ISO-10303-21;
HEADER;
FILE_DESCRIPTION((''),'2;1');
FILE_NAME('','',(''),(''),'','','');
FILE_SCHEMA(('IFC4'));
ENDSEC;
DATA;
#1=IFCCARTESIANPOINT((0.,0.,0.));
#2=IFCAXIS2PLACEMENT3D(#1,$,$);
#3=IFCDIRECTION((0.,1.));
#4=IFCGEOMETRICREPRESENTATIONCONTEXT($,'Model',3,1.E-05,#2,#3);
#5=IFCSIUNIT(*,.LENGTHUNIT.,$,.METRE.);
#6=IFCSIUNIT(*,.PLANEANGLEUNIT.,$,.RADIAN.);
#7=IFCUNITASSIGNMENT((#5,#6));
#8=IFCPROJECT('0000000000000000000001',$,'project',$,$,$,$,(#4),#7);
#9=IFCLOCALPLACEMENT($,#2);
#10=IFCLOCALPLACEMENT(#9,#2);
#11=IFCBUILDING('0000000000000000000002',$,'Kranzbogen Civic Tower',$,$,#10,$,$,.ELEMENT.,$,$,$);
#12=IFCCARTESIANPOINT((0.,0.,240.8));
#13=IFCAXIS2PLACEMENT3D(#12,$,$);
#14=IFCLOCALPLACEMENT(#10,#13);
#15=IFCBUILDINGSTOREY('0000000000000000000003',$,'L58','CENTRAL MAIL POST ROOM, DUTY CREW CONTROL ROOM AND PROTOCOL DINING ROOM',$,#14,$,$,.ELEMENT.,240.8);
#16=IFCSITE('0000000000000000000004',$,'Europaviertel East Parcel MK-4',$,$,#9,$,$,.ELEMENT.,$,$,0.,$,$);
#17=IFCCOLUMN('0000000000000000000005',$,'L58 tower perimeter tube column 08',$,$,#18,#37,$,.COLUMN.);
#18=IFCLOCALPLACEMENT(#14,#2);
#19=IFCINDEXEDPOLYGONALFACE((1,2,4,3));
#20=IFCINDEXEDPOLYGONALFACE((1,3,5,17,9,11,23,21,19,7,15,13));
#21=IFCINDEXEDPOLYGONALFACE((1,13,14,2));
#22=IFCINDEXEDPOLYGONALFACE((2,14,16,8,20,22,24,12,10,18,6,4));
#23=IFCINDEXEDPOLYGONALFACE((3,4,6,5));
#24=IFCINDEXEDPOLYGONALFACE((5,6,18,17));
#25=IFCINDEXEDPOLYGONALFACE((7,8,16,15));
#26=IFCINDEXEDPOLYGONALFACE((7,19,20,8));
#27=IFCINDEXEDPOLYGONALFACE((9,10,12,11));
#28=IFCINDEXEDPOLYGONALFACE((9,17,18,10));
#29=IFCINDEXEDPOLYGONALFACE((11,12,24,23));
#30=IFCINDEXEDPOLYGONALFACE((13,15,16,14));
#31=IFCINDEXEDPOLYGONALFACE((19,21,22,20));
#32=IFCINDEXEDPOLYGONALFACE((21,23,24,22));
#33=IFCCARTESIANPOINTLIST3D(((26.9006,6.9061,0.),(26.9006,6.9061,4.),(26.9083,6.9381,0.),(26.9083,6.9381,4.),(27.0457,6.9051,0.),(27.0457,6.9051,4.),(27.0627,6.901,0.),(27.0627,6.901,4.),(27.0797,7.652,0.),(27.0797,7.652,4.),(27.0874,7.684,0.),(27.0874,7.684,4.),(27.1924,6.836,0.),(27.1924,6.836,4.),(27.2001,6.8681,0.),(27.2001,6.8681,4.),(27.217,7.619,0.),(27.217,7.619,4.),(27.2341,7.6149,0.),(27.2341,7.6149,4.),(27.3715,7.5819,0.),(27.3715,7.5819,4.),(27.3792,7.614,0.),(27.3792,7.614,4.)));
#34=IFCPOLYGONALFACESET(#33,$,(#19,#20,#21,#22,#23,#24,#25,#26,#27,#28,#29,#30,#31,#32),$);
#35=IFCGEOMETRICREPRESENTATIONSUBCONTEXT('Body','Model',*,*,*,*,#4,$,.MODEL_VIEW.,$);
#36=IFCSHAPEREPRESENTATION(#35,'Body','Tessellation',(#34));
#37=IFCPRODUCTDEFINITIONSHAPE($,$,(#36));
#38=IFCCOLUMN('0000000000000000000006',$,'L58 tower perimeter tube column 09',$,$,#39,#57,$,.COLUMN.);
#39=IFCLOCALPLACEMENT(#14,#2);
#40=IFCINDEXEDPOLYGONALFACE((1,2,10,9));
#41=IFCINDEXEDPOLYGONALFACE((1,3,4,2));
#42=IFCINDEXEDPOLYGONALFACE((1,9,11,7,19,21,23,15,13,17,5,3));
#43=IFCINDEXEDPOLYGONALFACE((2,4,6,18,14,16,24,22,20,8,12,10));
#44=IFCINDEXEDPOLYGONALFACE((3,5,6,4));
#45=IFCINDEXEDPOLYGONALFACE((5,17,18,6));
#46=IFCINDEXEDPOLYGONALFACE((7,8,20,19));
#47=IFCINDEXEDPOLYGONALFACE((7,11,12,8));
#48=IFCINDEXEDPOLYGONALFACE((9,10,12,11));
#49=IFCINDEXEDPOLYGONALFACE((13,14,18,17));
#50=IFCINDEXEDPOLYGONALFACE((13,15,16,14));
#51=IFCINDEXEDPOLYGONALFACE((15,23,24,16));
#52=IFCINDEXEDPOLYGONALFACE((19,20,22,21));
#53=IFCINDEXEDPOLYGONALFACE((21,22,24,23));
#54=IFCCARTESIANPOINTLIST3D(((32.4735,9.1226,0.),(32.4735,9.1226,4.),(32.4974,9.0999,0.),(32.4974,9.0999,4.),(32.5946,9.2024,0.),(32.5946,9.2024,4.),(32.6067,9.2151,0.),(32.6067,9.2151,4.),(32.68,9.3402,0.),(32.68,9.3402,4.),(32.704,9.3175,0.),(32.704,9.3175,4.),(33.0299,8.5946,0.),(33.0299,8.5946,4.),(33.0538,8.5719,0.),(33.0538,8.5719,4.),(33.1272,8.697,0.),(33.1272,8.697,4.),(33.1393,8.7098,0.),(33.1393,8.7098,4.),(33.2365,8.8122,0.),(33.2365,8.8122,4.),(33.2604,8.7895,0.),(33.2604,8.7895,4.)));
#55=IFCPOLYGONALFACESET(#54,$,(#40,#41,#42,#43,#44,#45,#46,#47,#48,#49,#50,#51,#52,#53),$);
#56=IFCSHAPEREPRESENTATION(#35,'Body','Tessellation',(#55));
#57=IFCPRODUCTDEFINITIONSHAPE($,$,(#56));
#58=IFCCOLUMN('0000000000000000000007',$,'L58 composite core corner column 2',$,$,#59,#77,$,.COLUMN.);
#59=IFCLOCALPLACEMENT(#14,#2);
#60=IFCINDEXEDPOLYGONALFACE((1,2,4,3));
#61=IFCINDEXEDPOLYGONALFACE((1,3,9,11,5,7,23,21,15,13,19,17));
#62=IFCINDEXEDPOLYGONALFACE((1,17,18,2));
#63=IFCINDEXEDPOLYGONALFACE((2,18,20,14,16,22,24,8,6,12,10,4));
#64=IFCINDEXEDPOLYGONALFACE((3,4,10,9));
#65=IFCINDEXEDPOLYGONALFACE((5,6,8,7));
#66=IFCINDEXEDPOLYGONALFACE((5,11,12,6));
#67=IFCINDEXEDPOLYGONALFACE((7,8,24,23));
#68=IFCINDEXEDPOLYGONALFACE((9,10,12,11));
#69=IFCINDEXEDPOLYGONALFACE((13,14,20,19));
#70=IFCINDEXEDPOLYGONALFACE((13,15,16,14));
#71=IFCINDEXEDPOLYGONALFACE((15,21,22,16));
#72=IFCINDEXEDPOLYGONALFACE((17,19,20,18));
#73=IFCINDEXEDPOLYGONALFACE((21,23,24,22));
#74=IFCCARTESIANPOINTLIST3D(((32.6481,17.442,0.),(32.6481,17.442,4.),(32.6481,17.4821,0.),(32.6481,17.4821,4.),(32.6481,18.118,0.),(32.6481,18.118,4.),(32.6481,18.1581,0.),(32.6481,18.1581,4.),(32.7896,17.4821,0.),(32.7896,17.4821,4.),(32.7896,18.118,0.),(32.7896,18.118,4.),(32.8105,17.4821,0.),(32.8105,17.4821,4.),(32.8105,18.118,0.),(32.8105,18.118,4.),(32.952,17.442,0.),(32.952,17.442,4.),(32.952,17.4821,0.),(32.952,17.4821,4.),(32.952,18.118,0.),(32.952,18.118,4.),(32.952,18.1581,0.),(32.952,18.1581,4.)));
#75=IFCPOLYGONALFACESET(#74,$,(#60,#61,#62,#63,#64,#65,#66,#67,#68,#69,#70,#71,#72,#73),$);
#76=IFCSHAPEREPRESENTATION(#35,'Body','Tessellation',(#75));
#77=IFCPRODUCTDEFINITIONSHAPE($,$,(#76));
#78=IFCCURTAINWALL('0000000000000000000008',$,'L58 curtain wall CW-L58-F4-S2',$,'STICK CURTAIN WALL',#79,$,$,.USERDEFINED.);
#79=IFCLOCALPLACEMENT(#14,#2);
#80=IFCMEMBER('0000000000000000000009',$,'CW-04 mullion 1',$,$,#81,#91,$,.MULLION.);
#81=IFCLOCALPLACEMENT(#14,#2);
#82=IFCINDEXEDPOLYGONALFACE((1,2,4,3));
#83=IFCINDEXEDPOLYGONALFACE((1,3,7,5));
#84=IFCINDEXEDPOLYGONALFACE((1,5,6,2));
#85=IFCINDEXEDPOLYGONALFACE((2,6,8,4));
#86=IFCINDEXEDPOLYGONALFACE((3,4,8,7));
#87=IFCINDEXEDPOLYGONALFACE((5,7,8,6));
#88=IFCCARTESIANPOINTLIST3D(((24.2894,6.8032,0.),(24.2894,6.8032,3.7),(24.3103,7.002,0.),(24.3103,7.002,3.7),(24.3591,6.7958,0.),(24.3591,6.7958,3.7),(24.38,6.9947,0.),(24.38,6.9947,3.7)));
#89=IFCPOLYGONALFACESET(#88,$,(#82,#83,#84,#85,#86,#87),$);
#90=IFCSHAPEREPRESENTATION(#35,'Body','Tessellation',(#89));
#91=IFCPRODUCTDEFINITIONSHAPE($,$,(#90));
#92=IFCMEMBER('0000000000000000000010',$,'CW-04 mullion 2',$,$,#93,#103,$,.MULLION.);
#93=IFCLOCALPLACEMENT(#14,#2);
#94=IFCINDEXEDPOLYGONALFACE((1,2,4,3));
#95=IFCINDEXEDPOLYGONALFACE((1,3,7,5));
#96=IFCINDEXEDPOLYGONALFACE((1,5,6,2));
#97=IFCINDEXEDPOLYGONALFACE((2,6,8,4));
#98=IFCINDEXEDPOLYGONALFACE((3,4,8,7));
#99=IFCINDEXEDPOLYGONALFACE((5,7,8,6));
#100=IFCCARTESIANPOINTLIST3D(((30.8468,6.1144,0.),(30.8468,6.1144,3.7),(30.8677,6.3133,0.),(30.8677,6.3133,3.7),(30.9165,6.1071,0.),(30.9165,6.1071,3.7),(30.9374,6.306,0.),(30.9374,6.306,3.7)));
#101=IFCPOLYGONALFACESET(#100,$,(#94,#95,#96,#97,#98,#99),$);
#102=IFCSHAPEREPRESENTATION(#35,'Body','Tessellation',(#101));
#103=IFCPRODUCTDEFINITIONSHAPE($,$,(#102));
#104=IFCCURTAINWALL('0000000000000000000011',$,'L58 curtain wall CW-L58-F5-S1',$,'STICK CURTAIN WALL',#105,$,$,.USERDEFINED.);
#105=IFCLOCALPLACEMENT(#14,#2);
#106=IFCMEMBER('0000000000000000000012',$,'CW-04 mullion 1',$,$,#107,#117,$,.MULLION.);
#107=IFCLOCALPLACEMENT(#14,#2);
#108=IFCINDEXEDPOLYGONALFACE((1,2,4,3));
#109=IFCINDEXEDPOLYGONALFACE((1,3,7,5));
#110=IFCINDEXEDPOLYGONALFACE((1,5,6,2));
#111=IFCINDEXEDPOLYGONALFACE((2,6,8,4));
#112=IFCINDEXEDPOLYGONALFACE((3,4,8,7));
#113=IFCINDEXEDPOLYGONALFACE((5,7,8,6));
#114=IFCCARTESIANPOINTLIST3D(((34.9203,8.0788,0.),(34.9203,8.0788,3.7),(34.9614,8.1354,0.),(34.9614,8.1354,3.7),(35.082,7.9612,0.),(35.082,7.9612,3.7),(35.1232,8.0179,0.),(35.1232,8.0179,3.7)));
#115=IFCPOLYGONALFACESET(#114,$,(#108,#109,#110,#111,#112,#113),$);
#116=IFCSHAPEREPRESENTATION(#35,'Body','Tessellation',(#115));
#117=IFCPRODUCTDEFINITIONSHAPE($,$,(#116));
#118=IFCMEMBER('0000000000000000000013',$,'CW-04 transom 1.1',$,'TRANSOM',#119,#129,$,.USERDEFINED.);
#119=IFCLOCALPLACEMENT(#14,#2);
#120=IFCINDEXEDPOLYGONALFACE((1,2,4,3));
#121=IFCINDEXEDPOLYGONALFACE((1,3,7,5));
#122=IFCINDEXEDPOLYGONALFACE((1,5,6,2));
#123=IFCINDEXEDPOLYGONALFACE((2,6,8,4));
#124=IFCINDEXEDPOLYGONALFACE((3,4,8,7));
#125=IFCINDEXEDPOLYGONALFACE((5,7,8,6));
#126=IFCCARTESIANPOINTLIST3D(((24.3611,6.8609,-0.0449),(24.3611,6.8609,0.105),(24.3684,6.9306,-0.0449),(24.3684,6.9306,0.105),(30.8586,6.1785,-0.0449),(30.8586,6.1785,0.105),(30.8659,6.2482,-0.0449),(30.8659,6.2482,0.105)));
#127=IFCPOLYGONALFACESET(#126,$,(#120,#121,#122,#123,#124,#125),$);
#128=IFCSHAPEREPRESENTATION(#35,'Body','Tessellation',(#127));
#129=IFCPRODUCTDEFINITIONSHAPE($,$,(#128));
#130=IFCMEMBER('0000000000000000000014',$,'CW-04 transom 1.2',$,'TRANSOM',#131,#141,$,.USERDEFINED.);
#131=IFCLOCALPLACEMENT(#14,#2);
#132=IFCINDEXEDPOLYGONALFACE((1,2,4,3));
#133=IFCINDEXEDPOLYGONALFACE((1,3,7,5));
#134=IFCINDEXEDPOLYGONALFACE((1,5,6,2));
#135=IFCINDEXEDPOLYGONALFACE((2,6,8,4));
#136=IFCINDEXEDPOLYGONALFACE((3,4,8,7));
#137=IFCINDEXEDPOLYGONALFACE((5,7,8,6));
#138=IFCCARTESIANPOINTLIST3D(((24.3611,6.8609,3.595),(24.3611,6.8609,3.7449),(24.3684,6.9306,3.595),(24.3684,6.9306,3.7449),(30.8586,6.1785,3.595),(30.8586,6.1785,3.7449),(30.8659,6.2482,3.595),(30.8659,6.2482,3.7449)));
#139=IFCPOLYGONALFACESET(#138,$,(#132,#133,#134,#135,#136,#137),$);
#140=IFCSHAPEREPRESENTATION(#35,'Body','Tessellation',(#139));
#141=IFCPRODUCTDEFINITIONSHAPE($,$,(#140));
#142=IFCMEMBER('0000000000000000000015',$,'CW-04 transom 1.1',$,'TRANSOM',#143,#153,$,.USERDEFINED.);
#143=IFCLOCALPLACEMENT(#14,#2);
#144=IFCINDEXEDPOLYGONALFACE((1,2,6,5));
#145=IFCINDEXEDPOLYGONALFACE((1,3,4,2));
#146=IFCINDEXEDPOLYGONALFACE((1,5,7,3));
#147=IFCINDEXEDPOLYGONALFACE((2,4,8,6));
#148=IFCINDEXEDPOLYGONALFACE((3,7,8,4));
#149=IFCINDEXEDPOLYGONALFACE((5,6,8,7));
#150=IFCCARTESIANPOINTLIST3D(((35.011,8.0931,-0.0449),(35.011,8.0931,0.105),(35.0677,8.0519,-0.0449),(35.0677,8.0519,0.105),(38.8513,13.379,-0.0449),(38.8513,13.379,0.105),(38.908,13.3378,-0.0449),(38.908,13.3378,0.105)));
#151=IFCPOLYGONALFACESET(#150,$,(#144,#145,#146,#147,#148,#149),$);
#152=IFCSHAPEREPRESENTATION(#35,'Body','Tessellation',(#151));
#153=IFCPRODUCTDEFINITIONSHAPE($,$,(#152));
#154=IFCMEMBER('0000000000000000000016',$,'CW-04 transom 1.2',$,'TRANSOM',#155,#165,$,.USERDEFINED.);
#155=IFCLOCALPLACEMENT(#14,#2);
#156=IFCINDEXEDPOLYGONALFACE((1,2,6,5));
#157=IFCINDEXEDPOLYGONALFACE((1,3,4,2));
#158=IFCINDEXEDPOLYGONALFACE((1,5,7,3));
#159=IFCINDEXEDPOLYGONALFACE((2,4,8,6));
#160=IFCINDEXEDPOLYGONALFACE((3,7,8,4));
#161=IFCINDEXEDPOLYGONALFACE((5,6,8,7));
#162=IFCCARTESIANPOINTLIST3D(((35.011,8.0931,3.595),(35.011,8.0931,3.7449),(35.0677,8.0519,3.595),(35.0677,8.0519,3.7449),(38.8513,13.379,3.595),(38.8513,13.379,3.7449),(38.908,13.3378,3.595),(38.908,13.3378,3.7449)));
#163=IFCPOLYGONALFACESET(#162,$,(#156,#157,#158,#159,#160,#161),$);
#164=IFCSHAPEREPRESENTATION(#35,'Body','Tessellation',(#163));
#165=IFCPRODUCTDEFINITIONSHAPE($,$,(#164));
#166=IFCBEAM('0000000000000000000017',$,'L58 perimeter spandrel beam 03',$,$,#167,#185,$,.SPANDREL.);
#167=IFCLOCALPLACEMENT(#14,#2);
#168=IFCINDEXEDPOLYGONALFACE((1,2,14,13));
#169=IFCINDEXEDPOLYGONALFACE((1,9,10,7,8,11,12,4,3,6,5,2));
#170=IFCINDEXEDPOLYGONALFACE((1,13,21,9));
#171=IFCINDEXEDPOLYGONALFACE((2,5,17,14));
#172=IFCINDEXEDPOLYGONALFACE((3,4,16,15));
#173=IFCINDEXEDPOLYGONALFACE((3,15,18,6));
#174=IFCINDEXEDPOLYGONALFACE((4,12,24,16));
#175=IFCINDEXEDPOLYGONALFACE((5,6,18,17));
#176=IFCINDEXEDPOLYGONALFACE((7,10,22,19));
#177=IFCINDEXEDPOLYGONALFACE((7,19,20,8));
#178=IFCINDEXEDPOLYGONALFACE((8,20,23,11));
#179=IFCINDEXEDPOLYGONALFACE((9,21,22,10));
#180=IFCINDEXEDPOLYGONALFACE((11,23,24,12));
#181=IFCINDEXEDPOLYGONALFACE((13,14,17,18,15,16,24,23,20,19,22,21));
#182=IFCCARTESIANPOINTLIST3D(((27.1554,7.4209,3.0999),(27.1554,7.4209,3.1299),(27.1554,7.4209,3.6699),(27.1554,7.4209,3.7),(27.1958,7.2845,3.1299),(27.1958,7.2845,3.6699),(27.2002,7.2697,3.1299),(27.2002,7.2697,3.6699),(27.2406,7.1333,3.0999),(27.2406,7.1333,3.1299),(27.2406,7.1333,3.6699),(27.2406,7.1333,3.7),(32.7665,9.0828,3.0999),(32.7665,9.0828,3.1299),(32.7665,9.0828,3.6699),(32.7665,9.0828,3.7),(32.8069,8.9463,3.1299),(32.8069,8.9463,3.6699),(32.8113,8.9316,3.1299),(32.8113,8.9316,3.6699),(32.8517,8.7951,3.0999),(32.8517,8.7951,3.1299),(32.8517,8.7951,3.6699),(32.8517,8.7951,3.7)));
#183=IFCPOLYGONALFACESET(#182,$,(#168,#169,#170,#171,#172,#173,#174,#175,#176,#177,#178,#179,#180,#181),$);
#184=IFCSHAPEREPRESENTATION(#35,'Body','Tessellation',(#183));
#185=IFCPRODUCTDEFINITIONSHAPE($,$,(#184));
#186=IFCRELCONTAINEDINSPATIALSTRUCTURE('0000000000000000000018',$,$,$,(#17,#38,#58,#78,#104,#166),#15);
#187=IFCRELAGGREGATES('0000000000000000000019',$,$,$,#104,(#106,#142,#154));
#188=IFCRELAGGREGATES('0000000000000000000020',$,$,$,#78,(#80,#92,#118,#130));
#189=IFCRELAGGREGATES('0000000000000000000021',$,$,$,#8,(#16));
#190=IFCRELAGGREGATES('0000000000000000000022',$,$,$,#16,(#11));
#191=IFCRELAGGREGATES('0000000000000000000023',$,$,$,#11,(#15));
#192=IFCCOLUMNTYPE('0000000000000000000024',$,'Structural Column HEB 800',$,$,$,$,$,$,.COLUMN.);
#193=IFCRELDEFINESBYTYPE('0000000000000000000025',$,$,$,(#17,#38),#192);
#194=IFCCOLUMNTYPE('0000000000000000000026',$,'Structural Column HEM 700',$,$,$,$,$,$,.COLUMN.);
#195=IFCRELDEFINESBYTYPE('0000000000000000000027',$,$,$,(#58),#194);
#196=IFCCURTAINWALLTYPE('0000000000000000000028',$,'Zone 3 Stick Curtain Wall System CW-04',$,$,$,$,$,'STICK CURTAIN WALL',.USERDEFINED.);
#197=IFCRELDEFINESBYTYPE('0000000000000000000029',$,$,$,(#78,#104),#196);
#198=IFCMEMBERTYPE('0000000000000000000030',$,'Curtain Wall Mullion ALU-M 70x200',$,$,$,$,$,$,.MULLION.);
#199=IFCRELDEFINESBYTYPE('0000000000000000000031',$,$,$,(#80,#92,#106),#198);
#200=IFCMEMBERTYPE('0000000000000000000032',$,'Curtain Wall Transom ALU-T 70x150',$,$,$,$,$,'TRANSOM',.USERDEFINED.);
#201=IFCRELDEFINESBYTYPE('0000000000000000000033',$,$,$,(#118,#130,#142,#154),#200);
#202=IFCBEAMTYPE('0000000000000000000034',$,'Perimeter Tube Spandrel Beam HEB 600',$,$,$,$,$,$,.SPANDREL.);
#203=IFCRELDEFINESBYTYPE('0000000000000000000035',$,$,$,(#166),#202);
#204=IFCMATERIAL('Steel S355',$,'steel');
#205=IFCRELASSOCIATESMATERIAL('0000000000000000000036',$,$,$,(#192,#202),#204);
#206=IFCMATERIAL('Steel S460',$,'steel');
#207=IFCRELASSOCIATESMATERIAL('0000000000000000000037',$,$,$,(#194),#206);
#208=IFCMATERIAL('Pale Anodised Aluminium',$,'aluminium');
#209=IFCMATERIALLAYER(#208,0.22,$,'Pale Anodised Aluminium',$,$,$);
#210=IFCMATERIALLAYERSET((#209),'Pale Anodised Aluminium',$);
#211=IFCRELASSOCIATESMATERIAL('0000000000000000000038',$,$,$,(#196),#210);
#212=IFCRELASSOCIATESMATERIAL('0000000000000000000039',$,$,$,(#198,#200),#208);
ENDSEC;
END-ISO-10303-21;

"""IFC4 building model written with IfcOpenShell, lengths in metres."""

from ifc_helpers import new_model, si_unit, direction, frame, origin, origin_2d, place, context, subcontext, project, spatial, rectangle, i_section, extrude, material, layer, layer_set, material_profile, profile_set, type_object, element, aggregate, save


model = new_model("IFC4")

# Units and contexts
model_context = context("Model", 3, precision=1e-05, world=origin(), true_north=direction((0.0, 1.0)))
body_context = subcontext(model_context, "Body", "Model", "MODEL_VIEW")
ifc_project = project(units=[si_unit("LENGTHUNIT", "METRE"), si_unit("PLANEANGLEUNIT", "RADIAN")], contexts=[model_context])

# Site, building, storey
site_placement = place(None, origin())
site = spatial("IfcSite", under=ifc_project, at=site_placement, Name="Europaviertel East Parcel MK-4", CompositionType="ELEMENT", RefElevation=0.0)
building_placement = place(site_placement, origin())
building = spatial("IfcBuilding", under=site, at=building_placement, Name="Kranzbogen Civic Tower", CompositionType="ELEMENT")
storey_placement = place(building_placement, frame((0.0, 0.0, 240.8)))
storey = spatial("IfcBuildingStorey", under=building, at=storey_placement, Name="L58", Description="CENTRAL MAIL POST ROOM, DUTY CREW CONTROL ROOM AND PROTOCOL DINING ROOM", CompositionType="ELEMENT", Elevation=240.8)

# Columns
ifc_material_1 = material(Name="Steel S355", Category="steel")
ifc_material_profile_1 = material_profile(ifc_material_1, i_section(OverallWidth=0.3, OverallDepth=0.8, WebThickness=0.0176, FlangeThickness=0.033, at=origin_2d()), Name="HEB 800")
ifc_profile_set_1 = profile_set([ifc_material_profile_1], Name="Steel S355")
column_type_1 = type_object("IfcColumnType", Name="Structural Column HEB 800", PredefinedType="COLUMN", material=ifc_profile_set_1)
for number, where, z_axis, x_axis, name in (
    (1, (27.1399, 7.26, 0.0), (0.0, 0.0, 1.0), (-0.97237, 0.233445, 0.0), "L58 tower perimeter tube column 08"),
    (2, (32.8669, 8.9561, 0.0), (0.0, 0.0, 1.0), (0.688355, 0.725374, 0.0), "L58 tower perimeter tube column 09"),
):
    element("IfcColumn", number, at=place(storey_placement, frame(where, z_axis=z_axis, x_axis=x_axis)), inside=storey, type_object=column_type_1, Name=name, PredefinedType="COLUMN", context=body_context, shape_type="SweptSolid", body=[
        extrude(i_section(OverallWidth=0.3, OverallDepth=0.8, WebThickness=0.0176, FlangeThickness=0.033, at=origin_2d()), origin(), (0.0, 0.0, 1.0), 4.0),
    ])
ifc_material_2 = material(Name="Steel S460", Category="steel")
ifc_material_profile_2 = material_profile(ifc_material_2, i_section(OverallWidth=0.304, OverallDepth=0.7161, WebThickness=0.021, FlangeThickness=0.04, at=origin_2d()), Name="HEM 700")
ifc_profile_set_2 = profile_set([ifc_material_profile_2], Name="Steel S460")
column_type_2 = type_object("IfcColumnType", Name="Structural Column HEM 700", PredefinedType="COLUMN", material=ifc_profile_set_2)
column_placement = place(storey_placement, frame((32.8, 17.8, 0.0), z_axis=(0.0, 0.0, 1.0), x_axis=(1.0, 0.0, 0.0)))
element("IfcColumn", 3, at=column_placement, inside=storey, type_object=column_type_2, Name="L58 composite core corner column 2", PredefinedType="COLUMN", context=body_context, shape_type="SweptSolid", body=[
    extrude(i_section(OverallWidth=0.304, OverallDepth=0.7161, WebThickness=0.021, FlangeThickness=0.04, at=origin_2d()), origin(), (0.0, 0.0, 1.0), 4.0),
])

# Curtain wall, members
ifc_material_3 = material(Name="Pale Anodised Aluminium", Category="aluminium")
ifc_layer_1 = layer(ifc_material_3, 0.22, Name="Pale Anodised Aluminium")
ifc_layer_set_1 = layer_set([ifc_layer_1], Name="Pale Anodised Aluminium")
curtain_wall_type = type_object("IfcCurtainWallType", Name="Zone 3 Stick Curtain Wall System CW-04", ElementType="STICK CURTAIN WALL", PredefinedType="USERDEFINED", material=ifc_layer_set_1)
curtain_wall_1_placement = place(storey_placement, origin())
curtain_wall_1 = element("IfcCurtainWall", 4, at=curtain_wall_1_placement, inside=storey, type_object=curtain_wall_type, Name="L58 curtain wall CW-L58-F4-S2", ObjectType="STICK CURTAIN WALL", PredefinedType="USERDEFINED")
ifc_material_profile_3 = material_profile(ifc_material_3, rectangle(XDim=0.0701, YDim=0.2, at=origin_2d()), Name="ALU-M 70x200")
ifc_profile_set_3 = profile_set([ifc_material_profile_3], Name="Pale Anodised Aluminium")
member_type_1 = type_object("IfcMemberType", Name="Curtain Wall Mullion ALU-M 70x200", PredefinedType="MULLION", material=ifc_profile_set_3)
member_1_placement = place(storey_placement, frame((24.3347, 6.8989, 0.0), z_axis=(0.0, 0.0, 1.0), x_axis=(0.994529, -0.104458, 0.0)))
member_1 = element("IfcMember", 5, at=member_1_placement, type_object=member_type_1, Name="CW-04 mullion 1", PredefinedType="MULLION", context=body_context, shape_type="SweptSolid", body=[
    extrude(rectangle(XDim=0.0701, YDim=0.2, at=origin_2d()), origin(), (0.0, 0.0, 1.0), 3.7),
])
member_2_placement = place(storey_placement, frame((30.8921, 6.2102, 0.0), z_axis=(0.0, 0.0, 1.0), x_axis=(0.994529, -0.104458, 0.0)))
member_2 = element("IfcMember", 6, at=member_2_placement, type_object=member_type_1, Name="CW-04 mullion 2", PredefinedType="MULLION", context=body_context, shape_type="SweptSolid", body=[
    extrude(rectangle(XDim=0.0701, YDim=0.2, at=origin_2d()), origin(), (0.0, 0.0, 1.0), 3.7),
])

# Curtain wall, member
curtain_wall_2_placement = place(storey_placement, origin())
curtain_wall_2 = element("IfcCurtainWall", 7, at=curtain_wall_2_placement, inside=storey, type_object=curtain_wall_type, Name="L58 curtain wall CW-L58-F5-S1", ObjectType="STICK CURTAIN WALL", PredefinedType="USERDEFINED")
member_3_placement = place(storey_placement, frame((35.0217, 8.0483, 0.0), z_axis=(0.0, 0.0, 1.0), x_axis=(0.587787, 0.809015, 0.0)))
member_3 = element("IfcMember", 8, at=member_3_placement, type_object=member_type_1, Name="CW-04 mullion 1", PredefinedType="MULLION", context=body_context, shape_type="SweptSolid", body=[
    extrude(rectangle(XDim=0.0701, YDim=0.2, at=origin_2d()), origin(), (0.0, 0.0, 1.0), 3.7),
])

# Members
ifc_material_profile_4 = material_profile(ifc_material_3, rectangle(XDim=0.0701, YDim=0.1499, at=origin_2d()), Name="ALU-T 70x150")
ifc_profile_set_4 = profile_set([ifc_material_profile_4], Name="Pale Anodised Aluminium")
member_type_2 = type_object("IfcMemberType", Name="Curtain Wall Transom ALU-T 70x150", ElementType="TRANSOM", PredefinedType="USERDEFINED", material=ifc_profile_set_4)
member_4_placement = place(storey_placement, frame((24.3647, 6.8958, 0.03), z_axis=(0.994531, -0.104446, 0.0), x_axis=(0.104446, 0.994531, 0.0)))
member_4 = element("IfcMember", 9, at=member_4_placement, type_object=member_type_2, Name="CW-04 transom 1.1", ObjectType="TRANSOM", PredefinedType="USERDEFINED", context=body_context, shape_type="SweptSolid", body=[
    extrude(rectangle(XDim=0.0701, YDim=0.1499, at=origin_2d()), origin(), (0.0, 0.0, 1.0), 6.5332),
])
member_5_placement = place(storey_placement, frame((24.3647, 6.8958, 3.6699), z_axis=(0.994531, -0.104446, 0.0), x_axis=(0.104446, 0.994531, 0.0)))
member_5 = element("IfcMember", 10, at=member_5_placement, type_object=member_type_2, Name="CW-04 transom 1.2", ObjectType="TRANSOM", PredefinedType="USERDEFINED", context=body_context, shape_type="SweptSolid", body=[
    extrude(rectangle(XDim=0.0701, YDim=0.1499, at=origin_2d()), origin(), (0.0, 0.0, 1.0), 6.5332),
])
member_6_placement = place(storey_placement, frame((35.0393, 8.0725, 0.03), z_axis=(0.587776, 0.809024, 0.0), x_axis=(-0.809024, 0.587776, 0.0)))
member_6 = element("IfcMember", 11, at=member_6_placement, type_object=member_type_2, Name="CW-04 transom 1.1", ObjectType="TRANSOM", PredefinedType="USERDEFINED", context=body_context, shape_type="SweptSolid", body=[
    extrude(rectangle(XDim=0.0701, YDim=0.1499, at=origin_2d()), origin(), (0.0, 0.0, 1.0), 6.5337),
])
member_7_placement = place(storey_placement, frame((35.0393, 8.0725, 3.6699), z_axis=(0.587776, 0.809024, 0.0), x_axis=(-0.809024, 0.587776, 0.0)))
member_7 = element("IfcMember", 12, at=member_7_placement, type_object=member_type_2, Name="CW-04 transom 1.2", ObjectType="TRANSOM", PredefinedType="USERDEFINED", context=body_context, shape_type="SweptSolid", body=[
    extrude(rectangle(XDim=0.0701, YDim=0.1499, at=origin_2d()), origin(), (0.0, 0.0, 1.0), 6.5337),
])
aggregate(curtain_wall_2, [member_3, member_6, member_7])

# Beam
ifc_material_profile_5 = material_profile(ifc_material_1, i_section(OverallWidth=0.3, OverallDepth=0.6001, WebThickness=0.0154, FlangeThickness=0.03, at=origin_2d()), Name="HEB 600")
ifc_profile_set_5 = profile_set([ifc_material_profile_5], Name="Steel S355")
beam_type_1 = type_object("IfcBeamType", Name="Perimeter Tube Spandrel Beam HEB 600", PredefinedType="SPANDREL", material=ifc_profile_set_5)
beam_1_placement = place(storey_placement, frame((27.198, 7.2771, 3.3999), z_axis=(0.95883, 0.283982, 0.0), x_axis=(-0.283982, 0.95883, 0.0)))
element("IfcBeam", 13, at=beam_1_placement, inside=storey, type_object=beam_type_1, Name="L58 perimeter spandrel beam 03", PredefinedType="SPANDREL", context=body_context, shape_type="SweptSolid", body=[
    extrude(i_section(OverallWidth=0.3, OverallDepth=0.6001, WebThickness=0.0154, FlangeThickness=0.03, at=origin_2d()), origin(), (0.0, 0.0, 1.0), 5.8521),
])

aggregate(curtain_wall_1, [member_1, member_2, member_4, member_5])

save(model, "model.ifc")
